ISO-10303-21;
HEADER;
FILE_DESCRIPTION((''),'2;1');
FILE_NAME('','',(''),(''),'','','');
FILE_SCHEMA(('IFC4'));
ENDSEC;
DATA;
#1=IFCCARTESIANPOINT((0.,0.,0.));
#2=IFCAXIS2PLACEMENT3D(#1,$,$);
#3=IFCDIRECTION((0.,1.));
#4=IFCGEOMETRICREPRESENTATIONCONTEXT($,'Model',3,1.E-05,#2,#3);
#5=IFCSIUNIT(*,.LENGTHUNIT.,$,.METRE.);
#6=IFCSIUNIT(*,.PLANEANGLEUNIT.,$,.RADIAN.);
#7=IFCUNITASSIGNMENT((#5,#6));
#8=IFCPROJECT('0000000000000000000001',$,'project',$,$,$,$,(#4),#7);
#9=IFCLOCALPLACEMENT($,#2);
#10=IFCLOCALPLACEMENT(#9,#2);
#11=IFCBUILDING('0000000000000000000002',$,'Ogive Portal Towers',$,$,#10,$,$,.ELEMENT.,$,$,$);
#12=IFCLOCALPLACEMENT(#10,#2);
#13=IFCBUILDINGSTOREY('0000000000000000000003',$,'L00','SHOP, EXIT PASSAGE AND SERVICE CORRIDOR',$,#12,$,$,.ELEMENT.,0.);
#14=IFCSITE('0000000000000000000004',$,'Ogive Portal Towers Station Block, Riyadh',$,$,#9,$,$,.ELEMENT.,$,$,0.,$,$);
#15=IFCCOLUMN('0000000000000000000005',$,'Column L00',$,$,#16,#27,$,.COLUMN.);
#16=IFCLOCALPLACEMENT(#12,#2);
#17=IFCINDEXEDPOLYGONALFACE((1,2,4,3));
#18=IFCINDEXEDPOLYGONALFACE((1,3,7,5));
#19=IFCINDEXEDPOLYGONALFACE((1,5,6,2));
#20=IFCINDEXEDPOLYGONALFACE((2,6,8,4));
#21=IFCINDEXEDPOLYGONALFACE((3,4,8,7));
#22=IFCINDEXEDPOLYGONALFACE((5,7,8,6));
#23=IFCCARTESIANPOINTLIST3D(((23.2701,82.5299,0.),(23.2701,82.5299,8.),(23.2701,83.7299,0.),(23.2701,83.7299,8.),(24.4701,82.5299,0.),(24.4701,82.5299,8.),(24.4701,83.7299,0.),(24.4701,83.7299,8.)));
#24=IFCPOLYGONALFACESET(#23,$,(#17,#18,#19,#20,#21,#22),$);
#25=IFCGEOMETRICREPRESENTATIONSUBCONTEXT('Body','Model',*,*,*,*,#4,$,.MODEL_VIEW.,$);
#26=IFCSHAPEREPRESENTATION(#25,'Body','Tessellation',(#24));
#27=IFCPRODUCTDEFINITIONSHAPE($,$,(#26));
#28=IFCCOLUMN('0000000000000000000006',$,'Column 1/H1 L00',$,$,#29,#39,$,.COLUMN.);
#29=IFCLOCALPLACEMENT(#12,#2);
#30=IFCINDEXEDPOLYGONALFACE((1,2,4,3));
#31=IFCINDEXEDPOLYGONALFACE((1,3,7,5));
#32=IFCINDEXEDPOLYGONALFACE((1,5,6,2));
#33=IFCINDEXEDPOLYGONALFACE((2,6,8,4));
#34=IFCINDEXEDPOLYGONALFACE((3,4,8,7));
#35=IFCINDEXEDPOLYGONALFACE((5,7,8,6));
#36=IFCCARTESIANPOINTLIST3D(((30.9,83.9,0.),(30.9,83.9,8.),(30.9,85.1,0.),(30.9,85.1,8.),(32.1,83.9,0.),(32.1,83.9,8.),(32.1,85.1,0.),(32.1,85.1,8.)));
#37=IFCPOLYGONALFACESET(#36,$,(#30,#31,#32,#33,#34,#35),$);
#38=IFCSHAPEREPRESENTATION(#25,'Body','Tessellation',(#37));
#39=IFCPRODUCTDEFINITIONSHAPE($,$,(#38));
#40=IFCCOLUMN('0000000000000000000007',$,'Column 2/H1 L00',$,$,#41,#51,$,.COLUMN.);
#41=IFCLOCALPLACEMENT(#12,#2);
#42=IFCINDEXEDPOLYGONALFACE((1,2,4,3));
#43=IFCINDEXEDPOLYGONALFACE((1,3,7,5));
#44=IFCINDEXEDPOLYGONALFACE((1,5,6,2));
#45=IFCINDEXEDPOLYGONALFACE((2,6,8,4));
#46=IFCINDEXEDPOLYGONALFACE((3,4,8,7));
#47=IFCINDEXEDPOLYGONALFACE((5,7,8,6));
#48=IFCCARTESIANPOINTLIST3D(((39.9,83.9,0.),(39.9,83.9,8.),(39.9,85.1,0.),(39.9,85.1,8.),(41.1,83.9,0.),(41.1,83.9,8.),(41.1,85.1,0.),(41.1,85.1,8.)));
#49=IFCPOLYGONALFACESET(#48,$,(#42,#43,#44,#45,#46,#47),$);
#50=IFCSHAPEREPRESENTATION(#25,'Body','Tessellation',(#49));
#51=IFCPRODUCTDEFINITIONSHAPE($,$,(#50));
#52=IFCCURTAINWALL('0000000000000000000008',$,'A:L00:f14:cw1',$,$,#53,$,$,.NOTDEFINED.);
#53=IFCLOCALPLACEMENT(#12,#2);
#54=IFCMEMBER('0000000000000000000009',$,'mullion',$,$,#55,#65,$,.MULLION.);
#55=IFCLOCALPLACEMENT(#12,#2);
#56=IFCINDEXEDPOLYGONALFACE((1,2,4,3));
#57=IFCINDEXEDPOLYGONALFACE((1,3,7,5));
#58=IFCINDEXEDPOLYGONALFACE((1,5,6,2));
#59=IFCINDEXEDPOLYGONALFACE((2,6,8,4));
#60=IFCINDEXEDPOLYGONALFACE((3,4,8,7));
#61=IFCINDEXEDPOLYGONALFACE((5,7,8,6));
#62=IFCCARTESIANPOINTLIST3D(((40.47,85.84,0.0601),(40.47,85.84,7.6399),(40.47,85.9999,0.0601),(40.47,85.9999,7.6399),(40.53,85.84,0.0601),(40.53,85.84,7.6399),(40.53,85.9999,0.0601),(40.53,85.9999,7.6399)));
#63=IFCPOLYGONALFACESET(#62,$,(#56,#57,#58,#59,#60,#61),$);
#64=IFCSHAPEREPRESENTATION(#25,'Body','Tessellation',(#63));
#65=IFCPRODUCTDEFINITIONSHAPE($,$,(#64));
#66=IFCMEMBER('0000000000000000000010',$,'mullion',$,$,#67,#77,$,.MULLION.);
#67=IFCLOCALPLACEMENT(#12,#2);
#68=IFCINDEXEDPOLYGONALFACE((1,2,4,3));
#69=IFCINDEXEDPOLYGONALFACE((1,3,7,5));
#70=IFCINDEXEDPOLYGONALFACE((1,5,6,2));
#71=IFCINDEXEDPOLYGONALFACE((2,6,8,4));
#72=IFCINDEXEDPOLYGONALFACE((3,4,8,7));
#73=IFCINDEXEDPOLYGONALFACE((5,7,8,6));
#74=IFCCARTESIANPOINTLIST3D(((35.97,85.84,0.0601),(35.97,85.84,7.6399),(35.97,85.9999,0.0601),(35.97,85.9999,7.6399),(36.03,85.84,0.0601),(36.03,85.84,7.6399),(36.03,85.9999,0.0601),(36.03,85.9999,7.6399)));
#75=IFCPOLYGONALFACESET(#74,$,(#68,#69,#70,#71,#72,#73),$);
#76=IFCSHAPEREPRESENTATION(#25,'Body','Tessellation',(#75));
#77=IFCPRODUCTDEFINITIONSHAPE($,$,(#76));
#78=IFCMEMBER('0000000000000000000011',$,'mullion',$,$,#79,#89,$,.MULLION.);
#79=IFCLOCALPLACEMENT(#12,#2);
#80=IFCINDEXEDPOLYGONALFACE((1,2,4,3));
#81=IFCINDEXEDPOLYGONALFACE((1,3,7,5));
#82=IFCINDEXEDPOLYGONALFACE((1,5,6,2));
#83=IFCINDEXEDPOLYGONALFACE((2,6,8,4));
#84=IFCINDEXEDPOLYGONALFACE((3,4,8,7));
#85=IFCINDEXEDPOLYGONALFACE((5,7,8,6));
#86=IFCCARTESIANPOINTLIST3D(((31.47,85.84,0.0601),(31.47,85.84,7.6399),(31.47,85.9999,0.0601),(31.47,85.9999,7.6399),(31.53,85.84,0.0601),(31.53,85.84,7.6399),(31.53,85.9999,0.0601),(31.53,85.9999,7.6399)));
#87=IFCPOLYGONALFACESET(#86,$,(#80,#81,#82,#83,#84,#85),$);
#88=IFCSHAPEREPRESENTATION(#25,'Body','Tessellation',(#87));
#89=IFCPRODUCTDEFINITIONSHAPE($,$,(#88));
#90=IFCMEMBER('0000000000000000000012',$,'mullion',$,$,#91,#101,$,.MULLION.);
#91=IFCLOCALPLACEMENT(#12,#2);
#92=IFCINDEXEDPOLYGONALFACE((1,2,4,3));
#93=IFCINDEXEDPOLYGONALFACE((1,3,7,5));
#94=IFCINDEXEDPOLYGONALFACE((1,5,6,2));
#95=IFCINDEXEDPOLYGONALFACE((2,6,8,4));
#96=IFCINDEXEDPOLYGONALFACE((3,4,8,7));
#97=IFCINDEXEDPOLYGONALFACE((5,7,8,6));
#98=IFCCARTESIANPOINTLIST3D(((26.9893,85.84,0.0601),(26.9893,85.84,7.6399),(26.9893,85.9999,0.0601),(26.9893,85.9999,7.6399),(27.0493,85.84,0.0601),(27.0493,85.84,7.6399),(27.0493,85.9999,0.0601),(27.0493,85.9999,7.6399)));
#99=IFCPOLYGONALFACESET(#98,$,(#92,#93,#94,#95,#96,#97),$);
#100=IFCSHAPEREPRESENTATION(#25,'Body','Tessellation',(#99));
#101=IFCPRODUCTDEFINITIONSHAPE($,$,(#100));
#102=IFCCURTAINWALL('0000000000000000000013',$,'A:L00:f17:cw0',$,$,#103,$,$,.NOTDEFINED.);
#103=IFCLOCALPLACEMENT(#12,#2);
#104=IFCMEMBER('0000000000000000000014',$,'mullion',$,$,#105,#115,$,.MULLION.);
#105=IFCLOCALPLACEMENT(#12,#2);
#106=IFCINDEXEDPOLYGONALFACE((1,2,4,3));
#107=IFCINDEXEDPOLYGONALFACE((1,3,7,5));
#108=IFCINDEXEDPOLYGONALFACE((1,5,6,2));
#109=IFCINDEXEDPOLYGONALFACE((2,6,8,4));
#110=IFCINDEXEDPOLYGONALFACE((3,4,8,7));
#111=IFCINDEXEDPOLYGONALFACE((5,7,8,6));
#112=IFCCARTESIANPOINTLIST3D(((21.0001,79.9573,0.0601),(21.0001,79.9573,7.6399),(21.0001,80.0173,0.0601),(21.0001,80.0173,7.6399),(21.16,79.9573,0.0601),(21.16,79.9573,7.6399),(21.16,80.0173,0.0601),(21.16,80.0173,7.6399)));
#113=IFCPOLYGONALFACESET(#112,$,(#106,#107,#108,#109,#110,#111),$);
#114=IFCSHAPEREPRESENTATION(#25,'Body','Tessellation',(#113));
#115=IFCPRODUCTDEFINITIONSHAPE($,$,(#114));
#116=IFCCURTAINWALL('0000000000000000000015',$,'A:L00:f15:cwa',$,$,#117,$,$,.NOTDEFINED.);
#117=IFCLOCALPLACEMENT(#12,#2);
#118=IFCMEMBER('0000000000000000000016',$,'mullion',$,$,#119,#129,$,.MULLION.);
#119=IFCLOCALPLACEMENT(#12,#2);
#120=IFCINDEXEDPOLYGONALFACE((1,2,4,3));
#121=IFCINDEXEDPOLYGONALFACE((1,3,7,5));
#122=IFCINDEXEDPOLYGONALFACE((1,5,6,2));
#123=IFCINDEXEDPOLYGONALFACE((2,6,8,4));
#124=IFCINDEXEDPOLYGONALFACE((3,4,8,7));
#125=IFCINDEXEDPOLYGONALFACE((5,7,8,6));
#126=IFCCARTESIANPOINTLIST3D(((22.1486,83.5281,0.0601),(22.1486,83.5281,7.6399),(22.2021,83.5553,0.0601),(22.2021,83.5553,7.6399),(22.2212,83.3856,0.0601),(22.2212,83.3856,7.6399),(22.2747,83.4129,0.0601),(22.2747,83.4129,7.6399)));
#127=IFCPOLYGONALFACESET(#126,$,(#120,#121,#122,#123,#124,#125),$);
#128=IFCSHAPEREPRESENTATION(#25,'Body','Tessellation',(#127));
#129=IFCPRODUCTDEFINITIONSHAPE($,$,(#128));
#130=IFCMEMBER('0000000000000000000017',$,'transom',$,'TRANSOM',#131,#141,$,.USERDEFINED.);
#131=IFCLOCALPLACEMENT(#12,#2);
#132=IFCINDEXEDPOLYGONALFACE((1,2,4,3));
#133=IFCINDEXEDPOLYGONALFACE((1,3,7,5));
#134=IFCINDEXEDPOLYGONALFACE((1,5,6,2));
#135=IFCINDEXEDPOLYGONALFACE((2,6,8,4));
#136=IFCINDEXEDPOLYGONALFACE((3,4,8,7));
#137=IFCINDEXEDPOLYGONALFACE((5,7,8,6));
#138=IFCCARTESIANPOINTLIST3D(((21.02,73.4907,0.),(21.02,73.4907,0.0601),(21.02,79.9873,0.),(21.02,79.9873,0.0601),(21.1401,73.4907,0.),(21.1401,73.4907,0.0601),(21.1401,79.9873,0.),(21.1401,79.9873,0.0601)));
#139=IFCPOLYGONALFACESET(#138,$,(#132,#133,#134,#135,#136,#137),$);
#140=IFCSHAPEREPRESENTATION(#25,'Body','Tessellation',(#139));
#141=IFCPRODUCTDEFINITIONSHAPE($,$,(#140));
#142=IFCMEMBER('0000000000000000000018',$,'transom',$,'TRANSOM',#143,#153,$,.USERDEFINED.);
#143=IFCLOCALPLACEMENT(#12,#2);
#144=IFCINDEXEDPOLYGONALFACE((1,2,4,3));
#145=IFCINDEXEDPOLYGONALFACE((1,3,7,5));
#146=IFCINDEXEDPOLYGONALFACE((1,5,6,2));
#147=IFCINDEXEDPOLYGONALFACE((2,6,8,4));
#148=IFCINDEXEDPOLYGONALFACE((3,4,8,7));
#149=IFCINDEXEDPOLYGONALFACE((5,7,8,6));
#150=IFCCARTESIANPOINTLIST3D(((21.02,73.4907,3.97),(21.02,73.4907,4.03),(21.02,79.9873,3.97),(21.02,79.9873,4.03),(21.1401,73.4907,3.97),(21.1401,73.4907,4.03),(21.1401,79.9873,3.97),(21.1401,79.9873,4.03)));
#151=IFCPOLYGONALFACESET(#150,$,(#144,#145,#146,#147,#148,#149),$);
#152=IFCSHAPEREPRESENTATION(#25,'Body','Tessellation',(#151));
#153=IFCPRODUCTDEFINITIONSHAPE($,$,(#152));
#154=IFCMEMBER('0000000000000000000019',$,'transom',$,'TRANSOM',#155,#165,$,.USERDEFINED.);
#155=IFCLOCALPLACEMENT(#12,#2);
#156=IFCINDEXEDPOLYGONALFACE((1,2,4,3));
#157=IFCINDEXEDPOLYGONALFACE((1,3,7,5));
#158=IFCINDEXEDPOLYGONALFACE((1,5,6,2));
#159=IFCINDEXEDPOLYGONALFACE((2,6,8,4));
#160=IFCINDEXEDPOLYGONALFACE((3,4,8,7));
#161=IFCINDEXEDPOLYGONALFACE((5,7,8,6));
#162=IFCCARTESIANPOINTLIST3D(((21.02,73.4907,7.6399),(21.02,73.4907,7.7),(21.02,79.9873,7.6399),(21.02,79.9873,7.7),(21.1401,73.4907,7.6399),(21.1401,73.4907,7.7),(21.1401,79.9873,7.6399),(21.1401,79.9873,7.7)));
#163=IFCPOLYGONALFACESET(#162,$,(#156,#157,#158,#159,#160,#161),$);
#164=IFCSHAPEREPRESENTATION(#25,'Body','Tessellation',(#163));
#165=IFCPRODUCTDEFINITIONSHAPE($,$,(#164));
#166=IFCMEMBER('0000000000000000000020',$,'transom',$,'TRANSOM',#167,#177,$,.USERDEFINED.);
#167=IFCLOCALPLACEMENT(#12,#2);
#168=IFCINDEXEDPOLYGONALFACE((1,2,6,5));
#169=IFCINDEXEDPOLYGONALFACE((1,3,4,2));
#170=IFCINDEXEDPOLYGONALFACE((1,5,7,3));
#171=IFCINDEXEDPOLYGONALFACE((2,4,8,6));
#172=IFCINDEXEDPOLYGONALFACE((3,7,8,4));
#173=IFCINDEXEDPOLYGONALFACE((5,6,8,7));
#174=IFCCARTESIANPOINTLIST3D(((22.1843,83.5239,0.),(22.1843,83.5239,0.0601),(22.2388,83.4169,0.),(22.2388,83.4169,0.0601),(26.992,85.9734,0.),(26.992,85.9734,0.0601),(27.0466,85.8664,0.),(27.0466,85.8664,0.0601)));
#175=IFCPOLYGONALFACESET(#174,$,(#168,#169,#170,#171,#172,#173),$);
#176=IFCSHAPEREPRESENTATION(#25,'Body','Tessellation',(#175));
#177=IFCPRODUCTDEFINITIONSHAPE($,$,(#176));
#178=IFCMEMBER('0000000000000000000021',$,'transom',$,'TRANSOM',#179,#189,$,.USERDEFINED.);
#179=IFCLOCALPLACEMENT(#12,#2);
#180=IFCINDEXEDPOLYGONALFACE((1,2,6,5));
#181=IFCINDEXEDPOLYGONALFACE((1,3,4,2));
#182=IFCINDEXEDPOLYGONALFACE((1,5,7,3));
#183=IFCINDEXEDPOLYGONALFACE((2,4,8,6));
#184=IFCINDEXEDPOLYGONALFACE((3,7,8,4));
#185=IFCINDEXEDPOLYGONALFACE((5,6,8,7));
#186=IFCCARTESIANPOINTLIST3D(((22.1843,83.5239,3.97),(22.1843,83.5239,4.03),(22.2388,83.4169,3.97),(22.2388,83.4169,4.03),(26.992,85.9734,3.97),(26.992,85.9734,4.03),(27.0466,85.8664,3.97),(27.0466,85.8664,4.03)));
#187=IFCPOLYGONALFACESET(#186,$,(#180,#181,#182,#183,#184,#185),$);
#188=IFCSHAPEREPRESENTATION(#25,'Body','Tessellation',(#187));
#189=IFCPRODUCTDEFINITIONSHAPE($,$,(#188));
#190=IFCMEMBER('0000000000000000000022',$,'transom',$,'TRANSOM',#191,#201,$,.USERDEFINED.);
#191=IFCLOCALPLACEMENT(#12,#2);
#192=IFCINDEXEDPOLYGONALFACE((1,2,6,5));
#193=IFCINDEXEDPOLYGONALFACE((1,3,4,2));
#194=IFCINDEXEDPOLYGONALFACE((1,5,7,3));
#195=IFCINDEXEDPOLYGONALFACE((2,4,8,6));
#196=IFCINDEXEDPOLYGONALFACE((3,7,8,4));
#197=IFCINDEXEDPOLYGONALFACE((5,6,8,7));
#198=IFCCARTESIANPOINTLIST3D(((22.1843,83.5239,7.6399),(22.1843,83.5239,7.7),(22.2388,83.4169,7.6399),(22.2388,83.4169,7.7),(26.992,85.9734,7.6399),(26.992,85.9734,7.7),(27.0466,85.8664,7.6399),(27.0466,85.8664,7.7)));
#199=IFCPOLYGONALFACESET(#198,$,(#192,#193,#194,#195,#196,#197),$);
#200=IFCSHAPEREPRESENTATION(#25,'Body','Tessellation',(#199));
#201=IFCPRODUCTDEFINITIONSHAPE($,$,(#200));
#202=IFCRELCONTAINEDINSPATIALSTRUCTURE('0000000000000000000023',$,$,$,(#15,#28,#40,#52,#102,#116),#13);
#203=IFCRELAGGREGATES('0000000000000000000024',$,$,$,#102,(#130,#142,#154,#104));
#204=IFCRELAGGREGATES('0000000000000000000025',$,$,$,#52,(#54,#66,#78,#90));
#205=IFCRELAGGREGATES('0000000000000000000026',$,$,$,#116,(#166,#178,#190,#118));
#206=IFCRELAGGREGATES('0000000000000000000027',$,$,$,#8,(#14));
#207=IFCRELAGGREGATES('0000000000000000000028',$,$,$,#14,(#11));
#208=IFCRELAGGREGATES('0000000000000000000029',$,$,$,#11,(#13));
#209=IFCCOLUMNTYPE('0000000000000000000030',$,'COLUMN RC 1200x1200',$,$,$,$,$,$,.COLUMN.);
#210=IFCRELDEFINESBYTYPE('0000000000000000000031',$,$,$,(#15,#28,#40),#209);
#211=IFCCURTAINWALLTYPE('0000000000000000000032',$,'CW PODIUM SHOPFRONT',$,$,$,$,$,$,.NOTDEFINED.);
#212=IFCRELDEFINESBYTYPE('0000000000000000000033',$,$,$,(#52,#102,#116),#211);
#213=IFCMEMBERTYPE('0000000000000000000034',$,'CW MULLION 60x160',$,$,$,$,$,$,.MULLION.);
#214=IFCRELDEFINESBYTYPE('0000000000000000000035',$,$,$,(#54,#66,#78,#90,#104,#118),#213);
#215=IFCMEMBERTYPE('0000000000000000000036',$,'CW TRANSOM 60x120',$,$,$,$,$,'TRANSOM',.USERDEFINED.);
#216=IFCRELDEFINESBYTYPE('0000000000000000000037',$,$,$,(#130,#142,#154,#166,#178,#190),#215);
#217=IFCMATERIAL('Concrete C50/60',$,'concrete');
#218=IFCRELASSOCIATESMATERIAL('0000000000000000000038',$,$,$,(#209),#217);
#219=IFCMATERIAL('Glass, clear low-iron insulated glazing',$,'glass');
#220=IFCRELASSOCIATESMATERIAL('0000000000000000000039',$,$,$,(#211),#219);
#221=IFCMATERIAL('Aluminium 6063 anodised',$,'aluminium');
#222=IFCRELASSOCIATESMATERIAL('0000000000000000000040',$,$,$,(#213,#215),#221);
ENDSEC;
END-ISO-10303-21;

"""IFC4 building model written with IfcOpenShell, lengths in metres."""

from ifc_helpers import new_model, si_unit, direction, frame, origin, origin_2d, place, context, subcontext, project, spatial, rectangle, extrude, material, material_profile, profile_set, type_object, element, aggregate, save


model = new_model("IFC4")

# Units and contexts
model_context = context("Model", 3, precision=1e-05, world=origin(), true_north=direction((0.0, 1.0)))
body_context = subcontext(model_context, "Body", "Model", "MODEL_VIEW")
ifc_project = project(units=[si_unit("LENGTHUNIT", "METRE"), si_unit("PLANEANGLEUNIT", "RADIAN")], contexts=[model_context])

# Site, building, storey
site_placement = place(None, origin())
site = spatial("IfcSite", under=ifc_project, at=site_placement, Name="Ogive Portal Towers Station Block, Riyadh", CompositionType="ELEMENT", RefElevation=0.0)
building_placement = place(site_placement, origin())
building = spatial("IfcBuilding", under=site, at=building_placement, Name="Ogive Portal Towers", CompositionType="ELEMENT")
storey_placement = place(building_placement, origin())
storey = spatial("IfcBuildingStorey", under=building, at=storey_placement, Name="L00", Description="SHOP, EXIT PASSAGE AND SERVICE CORRIDOR", CompositionType="ELEMENT", Elevation=0.0)

# Columns
ifc_material_1 = material(Name="Concrete C50/60", Category="concrete")
ifc_material_profile_1 = material_profile(ifc_material_1, rectangle(XDim=1.2, YDim=1.2, at=origin_2d()), Name="RC 1200x1200")
ifc_profile_set_1 = profile_set([ifc_material_profile_1], Name="Concrete C50/60")
column_type = type_object("IfcColumnType", Name="COLUMN RC 1200x1200", PredefinedType="COLUMN", material=ifc_profile_set_1)
for number, where, z_axis, x_axis, name in (
    (1, (23.8701, 83.1299, 0.0), (0.0, 0.0, 1.0), (1.0, 0.0, 0.0), "Column L00"),
    (2, (31.5, 84.5, 0.0), (0.0, 0.0, 1.0), (1.0, 0.0, 0.0), "Column 1/H1 L00"),
    (3, (40.5, 84.5, 0.0), (0.0, 0.0, 1.0), (1.0, 0.0, 0.0), "Column 2/H1 L00"),
):
    element("IfcColumn", number, at=place(storey_placement, frame(where, z_axis=z_axis, x_axis=x_axis)), inside=storey, type_object=column_type, Name=name, PredefinedType="COLUMN", context=body_context, shape_type="SweptSolid", body=[
        extrude(rectangle(XDim=1.2, YDim=1.2, at=origin_2d()), origin(), (0.0, 0.0, 1.0), 8.0),
    ])

# Curtain wall, members
ifc_material_2 = material(Name="Glass, clear low-iron insulated glazing", Category="glass")
curtain_wall_type = type_object("IfcCurtainWallType", Name="CW PODIUM SHOPFRONT", PredefinedType="NOTDEFINED", material=ifc_material_2)
curtain_wall_1_placement = place(storey_placement, origin())
curtain_wall_1 = element("IfcCurtainWall", 4, at=curtain_wall_1_placement, inside=storey, type_object=curtain_wall_type, Name="A:L00:f14:cw1", PredefinedType="NOTDEFINED")
ifc_material_3 = material(Name="Aluminium 6063 anodised", Category="aluminium")
ifc_material_profile_2 = material_profile(ifc_material_3, rectangle(XDim=0.1599, YDim=0.0601, at=origin_2d()), Name="AL 60x160")
ifc_profile_set_2 = profile_set([ifc_material_profile_2], Name="Aluminium 6063 anodised")
member_type_1 = type_object("IfcMemberType", Name="CW MULLION 60x160", PredefinedType="MULLION", material=ifc_profile_set_2)
member_1_placement = place(storey_placement, frame((40.5, 85.9199, 0.0601), z_axis=(0.0, 0.0, 1.0), x_axis=(0.0, -1.0, 0.0)))
member_1 = element("IfcMember", 5, at=member_1_placement, type_object=member_type_1, Name="mullion", PredefinedType="MULLION", context=body_context, shape_type="SweptSolid", body=[
    extrude(rectangle(XDim=0.1599, YDim=0.0601, at=origin_2d()), origin(), (0.0, 0.0, 1.0), 7.5798),
])
member_2_placement = place(storey_placement, frame((36.0, 85.9199, 0.0601), z_axis=(0.0, 0.0, 1.0), x_axis=(0.0, -1.0, 0.0)))
member_2 = element("IfcMember", 6, at=member_2_placement, type_object=member_type_1, Name="mullion", PredefinedType="MULLION", context=body_context, shape_type="SweptSolid", body=[
    extrude(rectangle(XDim=0.1599, YDim=0.0601, at=origin_2d()), origin(), (0.0, 0.0, 1.0), 7.5798),
])
member_3_placement = place(storey_placement, frame((31.5, 85.9199, 0.0601), z_axis=(0.0, 0.0, 1.0), x_axis=(0.0, -1.0, 0.0)))
member_3 = element("IfcMember", 7, at=member_3_placement, type_object=member_type_1, Name="mullion", PredefinedType="MULLION", context=body_context, shape_type="SweptSolid", body=[
    extrude(rectangle(XDim=0.1599, YDim=0.0601, at=origin_2d()), origin(), (0.0, 0.0, 1.0), 7.5798),
])
member_4_placement = place(storey_placement, frame((27.0193, 85.9199, 0.0601), z_axis=(0.0, 0.0, 1.0), x_axis=(0.0, -1.0, 0.0)))
member_4 = element("IfcMember", 8, at=member_4_placement, type_object=member_type_1, Name="mullion", PredefinedType="MULLION", context=body_context, shape_type="SweptSolid", body=[
    extrude(rectangle(XDim=0.1599, YDim=0.0601, at=origin_2d()), origin(), (0.0, 0.0, 1.0), 7.5798),
])

# Curtain walls, members
curtain_wall_2_placement = place(storey_placement, origin())
curtain_wall_2 = element("IfcCurtainWall", 9, at=curtain_wall_2_placement, inside=storey, type_object=curtain_wall_type, Name="A:L00:f17:cw0", PredefinedType="NOTDEFINED")
member_5_placement = place(storey_placement, frame((21.0801, 79.9873, 0.0601), z_axis=(0.0, 0.0, 1.0), x_axis=(1.0, 0.0, 0.0)))
member_5 = element("IfcMember", 10, at=member_5_placement, type_object=member_type_1, Name="mullion", PredefinedType="MULLION", context=body_context, shape_type="SweptSolid", body=[
    extrude(rectangle(XDim=0.1599, YDim=0.0601, at=origin_2d()), origin(), (0.0, 0.0, 1.0), 7.5798),
])
curtain_wall_3_placement = place(storey_placement, origin())
curtain_wall_3 = element("IfcCurtainWall", 11, at=curtain_wall_3_placement, inside=storey, type_object=curtain_wall_type, Name="A:L00:f15:cwa", PredefinedType="NOTDEFINED")
member_6_placement = place(storey_placement, frame((22.2117, 83.4705, 0.0601), z_axis=(0.0, 0.0, 1.0), x_axis=(0.45399, -0.891007, 0.0)))
member_6 = element("IfcMember", 12, at=member_6_placement, type_object=member_type_1, Name="mullion", PredefinedType="MULLION", context=body_context, shape_type="SweptSolid", body=[
    extrude(rectangle(XDim=0.1599, YDim=0.0601, at=origin_2d()), origin(), (0.0, 0.0, 1.0), 7.5798),
])

# Members
ifc_material_profile_3 = material_profile(ifc_material_3, rectangle(XDim=0.1201, YDim=0.0601, at=origin_2d()), Name="AL 120x60")
ifc_profile_set_3 = profile_set([ifc_material_profile_3], Name="Aluminium 6063 anodised")
member_type_2 = type_object("IfcMemberType", Name="CW TRANSOM 60x120", ElementType="TRANSOM", PredefinedType="USERDEFINED", material=ifc_profile_set_3)
member_7_placement = place(storey_placement, frame((21.0801, 79.9873, 0.03), z_axis=(0.0, -1.0, 0.0), x_axis=(1.0, 0.0, 0.0)))
member_7 = element("IfcMember", 13, at=member_7_placement, type_object=member_type_2, Name="transom", ObjectType="TRANSOM", PredefinedType="USERDEFINED", context=body_context, shape_type="SweptSolid", body=[
    extrude(rectangle(XDim=0.1201, YDim=0.0601, at=origin_2d()), origin(), (0.0, 0.0, 1.0), 6.4966),
])
member_8_placement = place(storey_placement, frame((21.0801, 79.9873, 4.0), z_axis=(0.0, -1.0, 0.0), x_axis=(1.0, 0.0, 0.0)))
member_8 = element("IfcMember", 14, at=member_8_placement, type_object=member_type_2, Name="transom", ObjectType="TRANSOM", PredefinedType="USERDEFINED", context=body_context, shape_type="SweptSolid", body=[
    extrude(rectangle(XDim=0.1201, YDim=0.0601, at=origin_2d()), origin(), (0.0, 0.0, 1.0), 6.4966),
])
member_9_placement = place(storey_placement, frame((21.0801, 79.9873, 7.6699), z_axis=(0.0, -1.0, 0.0), x_axis=(1.0, 0.0, 0.0)))
member_9 = element("IfcMember", 15, at=member_9_placement, type_object=member_type_2, Name="transom", ObjectType="TRANSOM", PredefinedType="USERDEFINED", context=body_context, shape_type="SweptSolid", body=[
    extrude(rectangle(XDim=0.1201, YDim=0.0601, at=origin_2d()), origin(), (0.0, 0.0, 1.0), 6.4966),
])
aggregate(curtain_wall_2, [member_7, member_8, member_9, member_5])
member_10_placement = place(storey_placement, frame((27.0193, 85.9199, 0.03), z_axis=(-0.891017, -0.45397, 0.0), x_axis=(0.45397, -0.891017, 0.0)))
member_10 = element("IfcMember", 16, at=member_10_placement, type_object=member_type_2, Name="transom", ObjectType="TRANSOM", PredefinedType="USERDEFINED", context=body_context, shape_type="SweptSolid", body=[
    extrude(rectangle(XDim=0.1201, YDim=0.0601, at=origin_2d()), origin(), (0.0, 0.0, 1.0), 5.3958),
])
member_11_placement = place(storey_placement, frame((27.0193, 85.9199, 4.0), z_axis=(-0.891017, -0.45397, 0.0), x_axis=(0.45397, -0.891017, 0.0)))
member_11 = element("IfcMember", 17, at=member_11_placement, type_object=member_type_2, Name="transom", ObjectType="TRANSOM", PredefinedType="USERDEFINED", context=body_context, shape_type="SweptSolid", body=[
    extrude(rectangle(XDim=0.1201, YDim=0.0601, at=origin_2d()), origin(), (0.0, 0.0, 1.0), 5.3958),
])
member_12_placement = place(storey_placement, frame((27.0193, 85.9199, 7.6699), z_axis=(-0.891017, -0.45397, 0.0), x_axis=(0.45397, -0.891017, 0.0)))
member_12 = element("IfcMember", 18, at=member_12_placement, type_object=member_type_2, Name="transom", ObjectType="TRANSOM", PredefinedType="USERDEFINED", context=body_context, shape_type="SweptSolid", body=[
    extrude(rectangle(XDim=0.1201, YDim=0.0601, at=origin_2d()), origin(), (0.0, 0.0, 1.0), 5.3958),
])

aggregate(curtain_wall_1, [member_1, member_2, member_3, member_4])
aggregate(curtain_wall_3, [member_10, member_11, member_12, member_6])

save(model, "model.ifc")
